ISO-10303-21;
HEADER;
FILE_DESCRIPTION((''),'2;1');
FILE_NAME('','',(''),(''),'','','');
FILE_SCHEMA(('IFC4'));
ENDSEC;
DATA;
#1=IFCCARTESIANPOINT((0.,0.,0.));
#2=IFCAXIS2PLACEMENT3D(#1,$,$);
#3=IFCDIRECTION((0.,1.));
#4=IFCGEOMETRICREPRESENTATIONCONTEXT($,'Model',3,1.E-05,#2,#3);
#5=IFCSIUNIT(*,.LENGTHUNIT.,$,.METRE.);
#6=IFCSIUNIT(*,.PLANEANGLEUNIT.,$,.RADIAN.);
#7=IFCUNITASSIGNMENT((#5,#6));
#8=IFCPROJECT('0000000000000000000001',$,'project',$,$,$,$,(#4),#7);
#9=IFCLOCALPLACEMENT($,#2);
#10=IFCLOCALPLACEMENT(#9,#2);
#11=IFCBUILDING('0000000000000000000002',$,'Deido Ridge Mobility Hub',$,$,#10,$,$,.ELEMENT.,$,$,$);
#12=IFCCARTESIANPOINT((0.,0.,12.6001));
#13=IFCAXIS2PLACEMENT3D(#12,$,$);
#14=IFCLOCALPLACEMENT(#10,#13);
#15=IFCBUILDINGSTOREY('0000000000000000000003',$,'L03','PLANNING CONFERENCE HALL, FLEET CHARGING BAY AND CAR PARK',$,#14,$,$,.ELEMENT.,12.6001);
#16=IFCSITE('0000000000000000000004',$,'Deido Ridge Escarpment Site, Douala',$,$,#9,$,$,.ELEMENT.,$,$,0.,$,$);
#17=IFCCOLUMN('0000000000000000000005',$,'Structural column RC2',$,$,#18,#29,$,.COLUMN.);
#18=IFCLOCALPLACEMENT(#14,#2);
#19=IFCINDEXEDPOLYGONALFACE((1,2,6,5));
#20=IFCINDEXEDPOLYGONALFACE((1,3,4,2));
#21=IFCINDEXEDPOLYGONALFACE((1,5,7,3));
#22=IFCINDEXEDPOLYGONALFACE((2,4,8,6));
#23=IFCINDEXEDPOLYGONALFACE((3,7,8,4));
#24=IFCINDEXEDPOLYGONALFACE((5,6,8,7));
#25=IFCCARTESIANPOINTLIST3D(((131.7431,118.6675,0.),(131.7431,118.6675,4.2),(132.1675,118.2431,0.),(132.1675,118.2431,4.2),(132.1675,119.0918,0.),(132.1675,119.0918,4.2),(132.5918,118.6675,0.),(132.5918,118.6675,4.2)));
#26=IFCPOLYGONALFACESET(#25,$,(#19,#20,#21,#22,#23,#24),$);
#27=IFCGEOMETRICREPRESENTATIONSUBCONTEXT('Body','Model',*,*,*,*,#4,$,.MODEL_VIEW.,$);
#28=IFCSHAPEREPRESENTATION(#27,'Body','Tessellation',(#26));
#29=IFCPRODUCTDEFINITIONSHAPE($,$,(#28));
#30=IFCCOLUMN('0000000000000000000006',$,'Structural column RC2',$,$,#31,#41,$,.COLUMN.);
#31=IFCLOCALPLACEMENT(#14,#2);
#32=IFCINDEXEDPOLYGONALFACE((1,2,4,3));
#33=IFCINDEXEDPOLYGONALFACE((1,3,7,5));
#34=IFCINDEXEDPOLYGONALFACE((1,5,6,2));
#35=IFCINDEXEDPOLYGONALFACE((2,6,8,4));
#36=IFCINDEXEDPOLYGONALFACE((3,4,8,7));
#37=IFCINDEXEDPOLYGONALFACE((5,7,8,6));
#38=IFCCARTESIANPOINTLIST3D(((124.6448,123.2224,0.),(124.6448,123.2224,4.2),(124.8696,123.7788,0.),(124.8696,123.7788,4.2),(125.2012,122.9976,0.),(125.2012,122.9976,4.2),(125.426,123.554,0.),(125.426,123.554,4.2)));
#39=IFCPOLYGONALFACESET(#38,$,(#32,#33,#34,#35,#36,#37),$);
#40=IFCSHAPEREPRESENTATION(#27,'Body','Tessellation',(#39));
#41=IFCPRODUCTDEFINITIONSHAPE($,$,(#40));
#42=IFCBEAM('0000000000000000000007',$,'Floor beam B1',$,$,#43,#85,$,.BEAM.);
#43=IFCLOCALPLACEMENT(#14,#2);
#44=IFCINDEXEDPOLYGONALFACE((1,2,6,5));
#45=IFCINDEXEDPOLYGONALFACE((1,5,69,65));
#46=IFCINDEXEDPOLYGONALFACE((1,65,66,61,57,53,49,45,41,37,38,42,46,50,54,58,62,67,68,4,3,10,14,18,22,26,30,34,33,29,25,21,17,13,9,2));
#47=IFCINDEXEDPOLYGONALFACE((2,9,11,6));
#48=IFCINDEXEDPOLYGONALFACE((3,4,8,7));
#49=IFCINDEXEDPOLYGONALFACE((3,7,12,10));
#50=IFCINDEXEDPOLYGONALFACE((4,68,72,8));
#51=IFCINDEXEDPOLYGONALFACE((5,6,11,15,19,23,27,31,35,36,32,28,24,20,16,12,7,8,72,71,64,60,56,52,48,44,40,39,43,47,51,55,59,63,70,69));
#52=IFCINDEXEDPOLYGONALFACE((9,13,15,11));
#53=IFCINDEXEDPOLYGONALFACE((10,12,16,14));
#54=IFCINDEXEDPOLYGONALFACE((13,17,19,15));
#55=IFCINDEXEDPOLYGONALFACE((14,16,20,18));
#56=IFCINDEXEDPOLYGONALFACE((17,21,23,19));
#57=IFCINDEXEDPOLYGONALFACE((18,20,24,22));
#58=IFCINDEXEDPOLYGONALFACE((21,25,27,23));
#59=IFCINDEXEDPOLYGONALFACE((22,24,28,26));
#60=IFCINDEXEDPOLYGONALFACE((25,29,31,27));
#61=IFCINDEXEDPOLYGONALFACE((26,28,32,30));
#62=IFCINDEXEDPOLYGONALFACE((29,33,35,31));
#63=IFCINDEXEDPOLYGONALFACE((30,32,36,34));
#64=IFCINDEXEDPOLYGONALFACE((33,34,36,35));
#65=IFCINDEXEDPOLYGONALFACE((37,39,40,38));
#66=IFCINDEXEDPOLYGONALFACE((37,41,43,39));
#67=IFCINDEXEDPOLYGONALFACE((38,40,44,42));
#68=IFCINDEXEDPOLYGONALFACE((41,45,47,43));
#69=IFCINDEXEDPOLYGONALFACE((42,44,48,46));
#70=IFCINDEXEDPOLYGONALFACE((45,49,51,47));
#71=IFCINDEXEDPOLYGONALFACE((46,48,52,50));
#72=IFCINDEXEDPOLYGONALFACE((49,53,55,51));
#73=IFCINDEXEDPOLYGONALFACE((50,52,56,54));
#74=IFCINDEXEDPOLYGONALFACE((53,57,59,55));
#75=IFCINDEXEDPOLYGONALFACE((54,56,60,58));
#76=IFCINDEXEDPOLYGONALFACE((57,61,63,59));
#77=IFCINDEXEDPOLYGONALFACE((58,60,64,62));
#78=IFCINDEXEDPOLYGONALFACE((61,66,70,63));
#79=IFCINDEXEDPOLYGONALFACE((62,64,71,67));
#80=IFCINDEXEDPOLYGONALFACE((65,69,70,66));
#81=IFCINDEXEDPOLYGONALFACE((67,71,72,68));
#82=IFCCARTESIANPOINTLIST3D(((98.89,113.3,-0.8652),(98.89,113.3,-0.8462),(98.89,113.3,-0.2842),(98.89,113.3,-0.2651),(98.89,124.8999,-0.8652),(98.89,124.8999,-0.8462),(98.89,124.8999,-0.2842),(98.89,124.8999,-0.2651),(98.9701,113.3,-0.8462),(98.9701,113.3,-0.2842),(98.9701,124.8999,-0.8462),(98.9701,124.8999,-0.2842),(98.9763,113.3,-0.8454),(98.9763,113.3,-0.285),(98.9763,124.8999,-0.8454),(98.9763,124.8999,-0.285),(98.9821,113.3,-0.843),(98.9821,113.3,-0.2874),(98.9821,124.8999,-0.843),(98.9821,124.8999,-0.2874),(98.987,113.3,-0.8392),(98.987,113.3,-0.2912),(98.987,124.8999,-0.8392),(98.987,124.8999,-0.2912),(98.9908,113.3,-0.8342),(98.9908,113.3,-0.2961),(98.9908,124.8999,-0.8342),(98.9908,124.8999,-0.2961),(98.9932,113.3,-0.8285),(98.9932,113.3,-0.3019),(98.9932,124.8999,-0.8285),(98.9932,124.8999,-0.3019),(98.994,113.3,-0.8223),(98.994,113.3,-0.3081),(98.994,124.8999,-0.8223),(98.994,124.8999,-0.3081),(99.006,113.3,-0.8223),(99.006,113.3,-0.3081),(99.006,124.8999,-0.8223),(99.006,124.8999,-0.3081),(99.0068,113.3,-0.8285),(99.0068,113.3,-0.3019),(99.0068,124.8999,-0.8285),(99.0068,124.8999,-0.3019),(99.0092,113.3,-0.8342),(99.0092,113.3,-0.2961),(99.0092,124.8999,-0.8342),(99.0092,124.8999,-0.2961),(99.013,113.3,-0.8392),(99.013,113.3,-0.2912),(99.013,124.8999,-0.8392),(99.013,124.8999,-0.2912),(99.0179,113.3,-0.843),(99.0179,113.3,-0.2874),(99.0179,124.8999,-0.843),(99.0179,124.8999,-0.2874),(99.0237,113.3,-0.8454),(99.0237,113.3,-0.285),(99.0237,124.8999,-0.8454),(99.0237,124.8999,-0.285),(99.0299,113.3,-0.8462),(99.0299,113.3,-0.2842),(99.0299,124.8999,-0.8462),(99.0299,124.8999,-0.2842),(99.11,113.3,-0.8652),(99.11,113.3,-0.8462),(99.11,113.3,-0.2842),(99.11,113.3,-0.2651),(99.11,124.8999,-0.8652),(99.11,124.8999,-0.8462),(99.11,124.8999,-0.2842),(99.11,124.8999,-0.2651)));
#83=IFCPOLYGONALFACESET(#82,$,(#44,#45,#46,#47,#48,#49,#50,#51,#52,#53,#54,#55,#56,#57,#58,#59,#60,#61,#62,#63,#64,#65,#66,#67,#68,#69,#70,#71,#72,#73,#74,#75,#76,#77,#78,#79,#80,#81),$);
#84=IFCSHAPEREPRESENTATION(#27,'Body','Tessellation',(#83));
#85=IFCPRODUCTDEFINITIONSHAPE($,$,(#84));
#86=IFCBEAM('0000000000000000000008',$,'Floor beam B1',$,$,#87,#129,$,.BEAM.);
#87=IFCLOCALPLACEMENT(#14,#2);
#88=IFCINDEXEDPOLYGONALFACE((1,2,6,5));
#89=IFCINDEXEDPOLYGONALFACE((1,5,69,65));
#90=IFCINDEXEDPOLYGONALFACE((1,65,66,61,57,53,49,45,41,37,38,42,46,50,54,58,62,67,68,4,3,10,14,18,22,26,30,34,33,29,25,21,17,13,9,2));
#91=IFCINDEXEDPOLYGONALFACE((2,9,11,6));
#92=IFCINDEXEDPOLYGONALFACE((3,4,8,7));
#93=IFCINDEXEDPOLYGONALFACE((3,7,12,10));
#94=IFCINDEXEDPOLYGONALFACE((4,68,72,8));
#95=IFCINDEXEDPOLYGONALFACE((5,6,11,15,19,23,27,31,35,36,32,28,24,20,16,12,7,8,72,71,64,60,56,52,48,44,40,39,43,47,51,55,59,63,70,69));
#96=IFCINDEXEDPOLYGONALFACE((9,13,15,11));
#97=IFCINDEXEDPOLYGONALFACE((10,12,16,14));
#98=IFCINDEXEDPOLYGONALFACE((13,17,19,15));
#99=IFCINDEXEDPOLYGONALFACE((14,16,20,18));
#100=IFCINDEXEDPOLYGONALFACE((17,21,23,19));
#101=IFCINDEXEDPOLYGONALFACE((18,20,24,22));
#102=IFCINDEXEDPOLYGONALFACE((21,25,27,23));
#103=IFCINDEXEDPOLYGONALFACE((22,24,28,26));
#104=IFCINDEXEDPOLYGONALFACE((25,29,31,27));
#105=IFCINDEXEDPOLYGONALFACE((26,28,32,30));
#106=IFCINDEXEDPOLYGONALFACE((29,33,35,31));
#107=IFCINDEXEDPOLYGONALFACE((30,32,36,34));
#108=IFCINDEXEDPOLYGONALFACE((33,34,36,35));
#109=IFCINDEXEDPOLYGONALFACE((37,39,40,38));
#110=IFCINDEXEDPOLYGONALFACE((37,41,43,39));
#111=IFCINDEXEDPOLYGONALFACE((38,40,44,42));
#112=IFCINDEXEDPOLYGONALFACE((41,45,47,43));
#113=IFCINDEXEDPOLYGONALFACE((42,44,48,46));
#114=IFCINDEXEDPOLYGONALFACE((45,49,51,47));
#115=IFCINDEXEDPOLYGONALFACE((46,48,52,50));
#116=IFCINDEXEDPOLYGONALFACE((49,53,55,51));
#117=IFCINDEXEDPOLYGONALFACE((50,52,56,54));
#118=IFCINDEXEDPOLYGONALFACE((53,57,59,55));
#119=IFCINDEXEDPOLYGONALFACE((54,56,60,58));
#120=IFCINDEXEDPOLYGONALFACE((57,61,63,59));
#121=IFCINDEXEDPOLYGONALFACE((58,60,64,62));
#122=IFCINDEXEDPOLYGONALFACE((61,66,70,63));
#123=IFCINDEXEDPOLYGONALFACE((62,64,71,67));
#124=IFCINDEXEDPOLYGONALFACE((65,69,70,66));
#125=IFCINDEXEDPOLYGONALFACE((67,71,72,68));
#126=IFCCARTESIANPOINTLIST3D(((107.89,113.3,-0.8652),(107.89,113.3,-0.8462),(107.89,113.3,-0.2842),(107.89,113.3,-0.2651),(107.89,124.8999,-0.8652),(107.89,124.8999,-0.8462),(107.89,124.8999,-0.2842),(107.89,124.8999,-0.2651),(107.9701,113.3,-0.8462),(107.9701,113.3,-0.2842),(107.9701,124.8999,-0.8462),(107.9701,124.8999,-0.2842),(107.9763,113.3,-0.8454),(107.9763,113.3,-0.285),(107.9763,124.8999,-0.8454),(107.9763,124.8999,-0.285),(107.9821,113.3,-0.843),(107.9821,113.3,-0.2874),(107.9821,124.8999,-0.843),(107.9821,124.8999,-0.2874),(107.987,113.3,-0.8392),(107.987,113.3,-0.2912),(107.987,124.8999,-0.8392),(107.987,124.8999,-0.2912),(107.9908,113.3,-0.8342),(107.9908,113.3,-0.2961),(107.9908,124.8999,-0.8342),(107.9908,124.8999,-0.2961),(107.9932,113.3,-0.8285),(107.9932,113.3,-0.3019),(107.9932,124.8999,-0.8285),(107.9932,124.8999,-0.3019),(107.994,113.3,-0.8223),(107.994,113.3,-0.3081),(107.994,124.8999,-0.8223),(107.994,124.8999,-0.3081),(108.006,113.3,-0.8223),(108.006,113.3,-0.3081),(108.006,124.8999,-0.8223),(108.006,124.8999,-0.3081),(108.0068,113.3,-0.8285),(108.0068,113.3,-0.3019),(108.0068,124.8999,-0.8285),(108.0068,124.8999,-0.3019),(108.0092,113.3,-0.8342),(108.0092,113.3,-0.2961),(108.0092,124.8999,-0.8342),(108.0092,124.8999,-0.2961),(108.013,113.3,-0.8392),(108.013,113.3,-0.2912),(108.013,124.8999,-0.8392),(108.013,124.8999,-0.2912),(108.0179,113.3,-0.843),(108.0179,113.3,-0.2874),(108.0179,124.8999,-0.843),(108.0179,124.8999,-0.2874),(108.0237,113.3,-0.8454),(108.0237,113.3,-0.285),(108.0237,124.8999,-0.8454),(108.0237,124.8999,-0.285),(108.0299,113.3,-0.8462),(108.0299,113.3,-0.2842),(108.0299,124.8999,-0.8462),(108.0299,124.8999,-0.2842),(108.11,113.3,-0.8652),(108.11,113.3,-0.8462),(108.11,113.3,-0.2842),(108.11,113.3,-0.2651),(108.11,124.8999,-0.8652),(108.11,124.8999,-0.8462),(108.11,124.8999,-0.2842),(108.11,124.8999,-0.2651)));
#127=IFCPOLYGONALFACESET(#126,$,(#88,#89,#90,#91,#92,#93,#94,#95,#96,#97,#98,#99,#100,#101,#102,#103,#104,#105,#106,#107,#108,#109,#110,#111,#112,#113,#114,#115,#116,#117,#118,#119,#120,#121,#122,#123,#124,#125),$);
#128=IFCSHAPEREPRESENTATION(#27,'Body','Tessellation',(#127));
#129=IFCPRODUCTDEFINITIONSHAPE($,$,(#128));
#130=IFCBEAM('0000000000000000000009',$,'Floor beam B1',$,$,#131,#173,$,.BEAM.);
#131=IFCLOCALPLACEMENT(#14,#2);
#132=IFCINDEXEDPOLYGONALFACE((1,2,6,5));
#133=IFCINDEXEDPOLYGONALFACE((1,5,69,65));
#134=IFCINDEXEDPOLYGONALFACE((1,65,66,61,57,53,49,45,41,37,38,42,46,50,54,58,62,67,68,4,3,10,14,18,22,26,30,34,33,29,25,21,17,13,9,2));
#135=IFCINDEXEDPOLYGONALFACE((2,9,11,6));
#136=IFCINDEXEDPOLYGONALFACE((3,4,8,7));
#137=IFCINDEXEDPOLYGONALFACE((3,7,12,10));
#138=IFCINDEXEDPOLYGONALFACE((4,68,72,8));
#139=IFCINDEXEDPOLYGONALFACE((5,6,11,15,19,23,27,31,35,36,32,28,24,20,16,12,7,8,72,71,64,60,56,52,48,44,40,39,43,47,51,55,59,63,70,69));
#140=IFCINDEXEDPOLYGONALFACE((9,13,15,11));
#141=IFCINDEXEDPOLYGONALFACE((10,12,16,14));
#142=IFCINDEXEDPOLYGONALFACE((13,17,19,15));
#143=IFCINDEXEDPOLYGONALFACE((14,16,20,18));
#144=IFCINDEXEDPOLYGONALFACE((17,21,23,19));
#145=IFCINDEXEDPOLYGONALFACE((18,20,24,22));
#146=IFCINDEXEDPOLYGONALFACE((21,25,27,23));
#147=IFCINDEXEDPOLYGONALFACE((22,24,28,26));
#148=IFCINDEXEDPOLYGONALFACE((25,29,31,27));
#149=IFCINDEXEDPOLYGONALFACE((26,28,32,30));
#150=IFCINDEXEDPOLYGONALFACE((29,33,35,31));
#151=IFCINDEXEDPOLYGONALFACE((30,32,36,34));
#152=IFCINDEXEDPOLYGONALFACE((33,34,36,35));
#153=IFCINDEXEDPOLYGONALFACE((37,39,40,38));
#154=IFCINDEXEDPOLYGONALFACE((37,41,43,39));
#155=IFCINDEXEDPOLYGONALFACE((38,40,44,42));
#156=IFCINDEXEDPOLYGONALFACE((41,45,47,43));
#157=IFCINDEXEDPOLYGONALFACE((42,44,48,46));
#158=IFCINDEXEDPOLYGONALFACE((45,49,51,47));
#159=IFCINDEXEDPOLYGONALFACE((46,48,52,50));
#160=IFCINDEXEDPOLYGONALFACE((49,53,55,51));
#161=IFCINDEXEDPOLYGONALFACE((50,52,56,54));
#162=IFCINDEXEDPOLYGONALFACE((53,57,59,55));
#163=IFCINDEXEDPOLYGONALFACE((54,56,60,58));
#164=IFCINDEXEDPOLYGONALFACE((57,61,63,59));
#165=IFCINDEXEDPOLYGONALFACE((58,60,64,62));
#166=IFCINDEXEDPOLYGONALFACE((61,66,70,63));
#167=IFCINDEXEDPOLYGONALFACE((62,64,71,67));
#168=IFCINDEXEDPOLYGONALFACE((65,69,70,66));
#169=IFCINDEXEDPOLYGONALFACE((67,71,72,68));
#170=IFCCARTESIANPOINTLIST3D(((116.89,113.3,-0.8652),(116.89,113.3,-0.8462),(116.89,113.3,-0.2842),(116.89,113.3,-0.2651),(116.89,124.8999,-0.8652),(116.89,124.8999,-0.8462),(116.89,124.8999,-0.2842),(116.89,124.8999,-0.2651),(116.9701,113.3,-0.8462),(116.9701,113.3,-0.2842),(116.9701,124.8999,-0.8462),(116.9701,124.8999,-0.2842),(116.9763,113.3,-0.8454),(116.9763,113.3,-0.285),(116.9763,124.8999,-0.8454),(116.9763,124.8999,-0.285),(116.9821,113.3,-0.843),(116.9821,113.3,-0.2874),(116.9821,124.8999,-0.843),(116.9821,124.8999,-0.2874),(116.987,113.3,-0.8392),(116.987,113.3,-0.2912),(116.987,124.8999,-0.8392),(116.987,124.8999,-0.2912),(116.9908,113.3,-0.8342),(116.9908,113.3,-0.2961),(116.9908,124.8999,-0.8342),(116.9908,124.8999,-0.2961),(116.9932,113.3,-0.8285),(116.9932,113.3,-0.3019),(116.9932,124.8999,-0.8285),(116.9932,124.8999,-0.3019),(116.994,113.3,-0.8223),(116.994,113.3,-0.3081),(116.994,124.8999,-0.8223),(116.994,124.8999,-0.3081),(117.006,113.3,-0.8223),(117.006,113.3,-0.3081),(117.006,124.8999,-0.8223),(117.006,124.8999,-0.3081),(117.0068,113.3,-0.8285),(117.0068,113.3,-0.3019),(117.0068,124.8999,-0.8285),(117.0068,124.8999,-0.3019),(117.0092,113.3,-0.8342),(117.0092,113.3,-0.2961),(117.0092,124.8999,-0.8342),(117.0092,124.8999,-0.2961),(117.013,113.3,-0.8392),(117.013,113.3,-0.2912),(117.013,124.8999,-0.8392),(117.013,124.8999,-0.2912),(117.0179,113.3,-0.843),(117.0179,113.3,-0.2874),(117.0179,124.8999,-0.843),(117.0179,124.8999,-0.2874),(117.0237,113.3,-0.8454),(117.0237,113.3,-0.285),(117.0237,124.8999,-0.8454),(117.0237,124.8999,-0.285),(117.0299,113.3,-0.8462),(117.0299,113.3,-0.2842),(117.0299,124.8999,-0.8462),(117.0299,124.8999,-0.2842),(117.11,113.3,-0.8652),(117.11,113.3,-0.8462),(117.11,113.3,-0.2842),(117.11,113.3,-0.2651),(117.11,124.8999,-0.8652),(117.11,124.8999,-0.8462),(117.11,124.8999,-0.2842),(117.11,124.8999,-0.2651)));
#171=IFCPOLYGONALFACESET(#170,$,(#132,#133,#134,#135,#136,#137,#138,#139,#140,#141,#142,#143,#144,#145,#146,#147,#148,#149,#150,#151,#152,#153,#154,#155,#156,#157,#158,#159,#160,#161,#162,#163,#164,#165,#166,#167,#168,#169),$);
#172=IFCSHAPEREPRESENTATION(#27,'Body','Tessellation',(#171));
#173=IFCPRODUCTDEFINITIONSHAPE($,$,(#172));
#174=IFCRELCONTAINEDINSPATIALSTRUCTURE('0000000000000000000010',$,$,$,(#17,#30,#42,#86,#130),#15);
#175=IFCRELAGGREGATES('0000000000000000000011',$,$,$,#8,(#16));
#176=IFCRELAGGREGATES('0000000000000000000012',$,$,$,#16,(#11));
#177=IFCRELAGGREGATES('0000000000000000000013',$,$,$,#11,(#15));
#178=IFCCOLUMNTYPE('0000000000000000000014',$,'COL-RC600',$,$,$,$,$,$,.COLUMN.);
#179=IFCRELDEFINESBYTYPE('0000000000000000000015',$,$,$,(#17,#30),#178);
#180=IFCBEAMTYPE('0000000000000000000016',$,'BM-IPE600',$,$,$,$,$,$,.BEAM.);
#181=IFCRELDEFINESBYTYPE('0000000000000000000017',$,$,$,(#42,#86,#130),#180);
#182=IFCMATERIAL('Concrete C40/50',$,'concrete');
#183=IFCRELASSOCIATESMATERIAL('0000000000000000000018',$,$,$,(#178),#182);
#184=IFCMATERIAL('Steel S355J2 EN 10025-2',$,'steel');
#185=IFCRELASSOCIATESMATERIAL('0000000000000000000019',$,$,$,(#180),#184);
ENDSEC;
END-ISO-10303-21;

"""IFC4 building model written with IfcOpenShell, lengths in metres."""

from ifc_helpers import new_model, si_unit, direction, frame, origin, origin_2d, place, context, subcontext, project, spatial, rectangle, i_section, extrude, material, material_profile, profile_set, type_object, element, save


model = new_model("IFC4")

# Units and contexts
model_context = context("Model", 3, precision=1e-05, world=origin(), true_north=direction((0.0, 1.0)))
body_context = subcontext(model_context, "Body", "Model", "MODEL_VIEW")
ifc_project = project(units=[si_unit("LENGTHUNIT", "METRE"), si_unit("PLANEANGLEUNIT", "RADIAN")], contexts=[model_context])

# Site, building, storey
site_placement = place(None, origin())
site = spatial("IfcSite", under=ifc_project, at=site_placement, Name="Deido Ridge Escarpment Site, Douala", CompositionType="ELEMENT", RefElevation=0.0)
building_placement = place(site_placement, origin())
building = spatial("IfcBuilding", under=site, at=building_placement, Name="Deido Ridge Mobility Hub", CompositionType="ELEMENT")
storey_placement = place(building_placement, frame((0.0, 0.0, 12.6001)))
storey = spatial("IfcBuildingStorey", under=building, at=storey_placement, Name="L03", Description="PLANNING CONFERENCE HALL, FLEET CHARGING BAY AND CAR PARK", CompositionType="ELEMENT", Elevation=12.6001)

# Columns
ifc_material_1 = material(Name="Concrete C40/50", Category="concrete")
ifc_material_profile_1 = material_profile(ifc_material_1, rectangle(XDim=0.6001, YDim=0.6001, at=origin_2d()), Name="RC COL 600x600")
ifc_profile_set_1 = profile_set([ifc_material_profile_1], Name="Concrete C40/50")
column_type = type_object("IfcColumnType", Name="COL-RC600", PredefinedType="COLUMN", material=ifc_profile_set_1)
for number, where, z_axis, x_axis, name in (
    (1, (132.1675, 118.6675, 0.0), (0.0, 0.0, 1.0), (0.707107, 0.707107, 0.0), "Structural column RC2"),
    (2, (125.0354, 123.3882, 0.0), (0.0, 0.0, 1.0), (0.374607, 0.927184, 0.0), "Structural column RC2"),
):
    element("IfcColumn", number, at=place(storey_placement, frame(where, z_axis=z_axis, x_axis=x_axis)), inside=storey, type_object=column_type, Name=name, PredefinedType="COLUMN", context=body_context, shape_type="SweptSolid", body=[
        extrude(rectangle(XDim=0.6001, YDim=0.6001, at=origin_2d()), origin(), (0.0, 0.0, 1.0), 4.2),
    ])

# Beams
ifc_material_2 = material(Name="Steel S355J2 EN 10025-2", Category="steel")
ifc_material_profile_2 = material_profile(ifc_material_2, i_section(OverallWidth=0.22, OverallDepth=0.6001, WebThickness=0.012, FlangeThickness=0.019, FilletRadius=0.0239, at=origin_2d()), Name="IPE 600")
ifc_profile_set_2 = profile_set([ifc_material_profile_2], Name="Steel S355J2 EN 10025-2")
beam_type_1 = type_object("IfcBeamType", Name="BM-IPE600", PredefinedType="BEAM", material=ifc_profile_set_2)
for number, where, z_axis, x_axis, name in (
    (3, (99.0, 113.3, -0.5652), (0.0, 1.0, 0.0), (-1.0, 0.0, 0.0), "Floor beam B1"),
    (4, (108.0, 113.3, -0.5652), (0.0, 1.0, 0.0), (-1.0, 0.0, 0.0), "Floor beam B1"),
    (5, (117.0, 113.3, -0.5652), (0.0, 1.0, 0.0), (-1.0, 0.0, 0.0), "Floor beam B1"),
):
    element("IfcBeam", number, at=place(storey_placement, frame(where, z_axis=z_axis, x_axis=x_axis)), inside=storey, type_object=beam_type_1, Name=name, PredefinedType="BEAM", context=body_context, shape_type="SweptSolid", body=[
        extrude(i_section(OverallWidth=0.22, OverallDepth=0.6001, WebThickness=0.012, FlangeThickness=0.019, FilletRadius=0.0239, at=origin_2d()), origin(), (0.0, 0.0, 1.0), 11.5999),
    ])

save(model, "model.ifc")
